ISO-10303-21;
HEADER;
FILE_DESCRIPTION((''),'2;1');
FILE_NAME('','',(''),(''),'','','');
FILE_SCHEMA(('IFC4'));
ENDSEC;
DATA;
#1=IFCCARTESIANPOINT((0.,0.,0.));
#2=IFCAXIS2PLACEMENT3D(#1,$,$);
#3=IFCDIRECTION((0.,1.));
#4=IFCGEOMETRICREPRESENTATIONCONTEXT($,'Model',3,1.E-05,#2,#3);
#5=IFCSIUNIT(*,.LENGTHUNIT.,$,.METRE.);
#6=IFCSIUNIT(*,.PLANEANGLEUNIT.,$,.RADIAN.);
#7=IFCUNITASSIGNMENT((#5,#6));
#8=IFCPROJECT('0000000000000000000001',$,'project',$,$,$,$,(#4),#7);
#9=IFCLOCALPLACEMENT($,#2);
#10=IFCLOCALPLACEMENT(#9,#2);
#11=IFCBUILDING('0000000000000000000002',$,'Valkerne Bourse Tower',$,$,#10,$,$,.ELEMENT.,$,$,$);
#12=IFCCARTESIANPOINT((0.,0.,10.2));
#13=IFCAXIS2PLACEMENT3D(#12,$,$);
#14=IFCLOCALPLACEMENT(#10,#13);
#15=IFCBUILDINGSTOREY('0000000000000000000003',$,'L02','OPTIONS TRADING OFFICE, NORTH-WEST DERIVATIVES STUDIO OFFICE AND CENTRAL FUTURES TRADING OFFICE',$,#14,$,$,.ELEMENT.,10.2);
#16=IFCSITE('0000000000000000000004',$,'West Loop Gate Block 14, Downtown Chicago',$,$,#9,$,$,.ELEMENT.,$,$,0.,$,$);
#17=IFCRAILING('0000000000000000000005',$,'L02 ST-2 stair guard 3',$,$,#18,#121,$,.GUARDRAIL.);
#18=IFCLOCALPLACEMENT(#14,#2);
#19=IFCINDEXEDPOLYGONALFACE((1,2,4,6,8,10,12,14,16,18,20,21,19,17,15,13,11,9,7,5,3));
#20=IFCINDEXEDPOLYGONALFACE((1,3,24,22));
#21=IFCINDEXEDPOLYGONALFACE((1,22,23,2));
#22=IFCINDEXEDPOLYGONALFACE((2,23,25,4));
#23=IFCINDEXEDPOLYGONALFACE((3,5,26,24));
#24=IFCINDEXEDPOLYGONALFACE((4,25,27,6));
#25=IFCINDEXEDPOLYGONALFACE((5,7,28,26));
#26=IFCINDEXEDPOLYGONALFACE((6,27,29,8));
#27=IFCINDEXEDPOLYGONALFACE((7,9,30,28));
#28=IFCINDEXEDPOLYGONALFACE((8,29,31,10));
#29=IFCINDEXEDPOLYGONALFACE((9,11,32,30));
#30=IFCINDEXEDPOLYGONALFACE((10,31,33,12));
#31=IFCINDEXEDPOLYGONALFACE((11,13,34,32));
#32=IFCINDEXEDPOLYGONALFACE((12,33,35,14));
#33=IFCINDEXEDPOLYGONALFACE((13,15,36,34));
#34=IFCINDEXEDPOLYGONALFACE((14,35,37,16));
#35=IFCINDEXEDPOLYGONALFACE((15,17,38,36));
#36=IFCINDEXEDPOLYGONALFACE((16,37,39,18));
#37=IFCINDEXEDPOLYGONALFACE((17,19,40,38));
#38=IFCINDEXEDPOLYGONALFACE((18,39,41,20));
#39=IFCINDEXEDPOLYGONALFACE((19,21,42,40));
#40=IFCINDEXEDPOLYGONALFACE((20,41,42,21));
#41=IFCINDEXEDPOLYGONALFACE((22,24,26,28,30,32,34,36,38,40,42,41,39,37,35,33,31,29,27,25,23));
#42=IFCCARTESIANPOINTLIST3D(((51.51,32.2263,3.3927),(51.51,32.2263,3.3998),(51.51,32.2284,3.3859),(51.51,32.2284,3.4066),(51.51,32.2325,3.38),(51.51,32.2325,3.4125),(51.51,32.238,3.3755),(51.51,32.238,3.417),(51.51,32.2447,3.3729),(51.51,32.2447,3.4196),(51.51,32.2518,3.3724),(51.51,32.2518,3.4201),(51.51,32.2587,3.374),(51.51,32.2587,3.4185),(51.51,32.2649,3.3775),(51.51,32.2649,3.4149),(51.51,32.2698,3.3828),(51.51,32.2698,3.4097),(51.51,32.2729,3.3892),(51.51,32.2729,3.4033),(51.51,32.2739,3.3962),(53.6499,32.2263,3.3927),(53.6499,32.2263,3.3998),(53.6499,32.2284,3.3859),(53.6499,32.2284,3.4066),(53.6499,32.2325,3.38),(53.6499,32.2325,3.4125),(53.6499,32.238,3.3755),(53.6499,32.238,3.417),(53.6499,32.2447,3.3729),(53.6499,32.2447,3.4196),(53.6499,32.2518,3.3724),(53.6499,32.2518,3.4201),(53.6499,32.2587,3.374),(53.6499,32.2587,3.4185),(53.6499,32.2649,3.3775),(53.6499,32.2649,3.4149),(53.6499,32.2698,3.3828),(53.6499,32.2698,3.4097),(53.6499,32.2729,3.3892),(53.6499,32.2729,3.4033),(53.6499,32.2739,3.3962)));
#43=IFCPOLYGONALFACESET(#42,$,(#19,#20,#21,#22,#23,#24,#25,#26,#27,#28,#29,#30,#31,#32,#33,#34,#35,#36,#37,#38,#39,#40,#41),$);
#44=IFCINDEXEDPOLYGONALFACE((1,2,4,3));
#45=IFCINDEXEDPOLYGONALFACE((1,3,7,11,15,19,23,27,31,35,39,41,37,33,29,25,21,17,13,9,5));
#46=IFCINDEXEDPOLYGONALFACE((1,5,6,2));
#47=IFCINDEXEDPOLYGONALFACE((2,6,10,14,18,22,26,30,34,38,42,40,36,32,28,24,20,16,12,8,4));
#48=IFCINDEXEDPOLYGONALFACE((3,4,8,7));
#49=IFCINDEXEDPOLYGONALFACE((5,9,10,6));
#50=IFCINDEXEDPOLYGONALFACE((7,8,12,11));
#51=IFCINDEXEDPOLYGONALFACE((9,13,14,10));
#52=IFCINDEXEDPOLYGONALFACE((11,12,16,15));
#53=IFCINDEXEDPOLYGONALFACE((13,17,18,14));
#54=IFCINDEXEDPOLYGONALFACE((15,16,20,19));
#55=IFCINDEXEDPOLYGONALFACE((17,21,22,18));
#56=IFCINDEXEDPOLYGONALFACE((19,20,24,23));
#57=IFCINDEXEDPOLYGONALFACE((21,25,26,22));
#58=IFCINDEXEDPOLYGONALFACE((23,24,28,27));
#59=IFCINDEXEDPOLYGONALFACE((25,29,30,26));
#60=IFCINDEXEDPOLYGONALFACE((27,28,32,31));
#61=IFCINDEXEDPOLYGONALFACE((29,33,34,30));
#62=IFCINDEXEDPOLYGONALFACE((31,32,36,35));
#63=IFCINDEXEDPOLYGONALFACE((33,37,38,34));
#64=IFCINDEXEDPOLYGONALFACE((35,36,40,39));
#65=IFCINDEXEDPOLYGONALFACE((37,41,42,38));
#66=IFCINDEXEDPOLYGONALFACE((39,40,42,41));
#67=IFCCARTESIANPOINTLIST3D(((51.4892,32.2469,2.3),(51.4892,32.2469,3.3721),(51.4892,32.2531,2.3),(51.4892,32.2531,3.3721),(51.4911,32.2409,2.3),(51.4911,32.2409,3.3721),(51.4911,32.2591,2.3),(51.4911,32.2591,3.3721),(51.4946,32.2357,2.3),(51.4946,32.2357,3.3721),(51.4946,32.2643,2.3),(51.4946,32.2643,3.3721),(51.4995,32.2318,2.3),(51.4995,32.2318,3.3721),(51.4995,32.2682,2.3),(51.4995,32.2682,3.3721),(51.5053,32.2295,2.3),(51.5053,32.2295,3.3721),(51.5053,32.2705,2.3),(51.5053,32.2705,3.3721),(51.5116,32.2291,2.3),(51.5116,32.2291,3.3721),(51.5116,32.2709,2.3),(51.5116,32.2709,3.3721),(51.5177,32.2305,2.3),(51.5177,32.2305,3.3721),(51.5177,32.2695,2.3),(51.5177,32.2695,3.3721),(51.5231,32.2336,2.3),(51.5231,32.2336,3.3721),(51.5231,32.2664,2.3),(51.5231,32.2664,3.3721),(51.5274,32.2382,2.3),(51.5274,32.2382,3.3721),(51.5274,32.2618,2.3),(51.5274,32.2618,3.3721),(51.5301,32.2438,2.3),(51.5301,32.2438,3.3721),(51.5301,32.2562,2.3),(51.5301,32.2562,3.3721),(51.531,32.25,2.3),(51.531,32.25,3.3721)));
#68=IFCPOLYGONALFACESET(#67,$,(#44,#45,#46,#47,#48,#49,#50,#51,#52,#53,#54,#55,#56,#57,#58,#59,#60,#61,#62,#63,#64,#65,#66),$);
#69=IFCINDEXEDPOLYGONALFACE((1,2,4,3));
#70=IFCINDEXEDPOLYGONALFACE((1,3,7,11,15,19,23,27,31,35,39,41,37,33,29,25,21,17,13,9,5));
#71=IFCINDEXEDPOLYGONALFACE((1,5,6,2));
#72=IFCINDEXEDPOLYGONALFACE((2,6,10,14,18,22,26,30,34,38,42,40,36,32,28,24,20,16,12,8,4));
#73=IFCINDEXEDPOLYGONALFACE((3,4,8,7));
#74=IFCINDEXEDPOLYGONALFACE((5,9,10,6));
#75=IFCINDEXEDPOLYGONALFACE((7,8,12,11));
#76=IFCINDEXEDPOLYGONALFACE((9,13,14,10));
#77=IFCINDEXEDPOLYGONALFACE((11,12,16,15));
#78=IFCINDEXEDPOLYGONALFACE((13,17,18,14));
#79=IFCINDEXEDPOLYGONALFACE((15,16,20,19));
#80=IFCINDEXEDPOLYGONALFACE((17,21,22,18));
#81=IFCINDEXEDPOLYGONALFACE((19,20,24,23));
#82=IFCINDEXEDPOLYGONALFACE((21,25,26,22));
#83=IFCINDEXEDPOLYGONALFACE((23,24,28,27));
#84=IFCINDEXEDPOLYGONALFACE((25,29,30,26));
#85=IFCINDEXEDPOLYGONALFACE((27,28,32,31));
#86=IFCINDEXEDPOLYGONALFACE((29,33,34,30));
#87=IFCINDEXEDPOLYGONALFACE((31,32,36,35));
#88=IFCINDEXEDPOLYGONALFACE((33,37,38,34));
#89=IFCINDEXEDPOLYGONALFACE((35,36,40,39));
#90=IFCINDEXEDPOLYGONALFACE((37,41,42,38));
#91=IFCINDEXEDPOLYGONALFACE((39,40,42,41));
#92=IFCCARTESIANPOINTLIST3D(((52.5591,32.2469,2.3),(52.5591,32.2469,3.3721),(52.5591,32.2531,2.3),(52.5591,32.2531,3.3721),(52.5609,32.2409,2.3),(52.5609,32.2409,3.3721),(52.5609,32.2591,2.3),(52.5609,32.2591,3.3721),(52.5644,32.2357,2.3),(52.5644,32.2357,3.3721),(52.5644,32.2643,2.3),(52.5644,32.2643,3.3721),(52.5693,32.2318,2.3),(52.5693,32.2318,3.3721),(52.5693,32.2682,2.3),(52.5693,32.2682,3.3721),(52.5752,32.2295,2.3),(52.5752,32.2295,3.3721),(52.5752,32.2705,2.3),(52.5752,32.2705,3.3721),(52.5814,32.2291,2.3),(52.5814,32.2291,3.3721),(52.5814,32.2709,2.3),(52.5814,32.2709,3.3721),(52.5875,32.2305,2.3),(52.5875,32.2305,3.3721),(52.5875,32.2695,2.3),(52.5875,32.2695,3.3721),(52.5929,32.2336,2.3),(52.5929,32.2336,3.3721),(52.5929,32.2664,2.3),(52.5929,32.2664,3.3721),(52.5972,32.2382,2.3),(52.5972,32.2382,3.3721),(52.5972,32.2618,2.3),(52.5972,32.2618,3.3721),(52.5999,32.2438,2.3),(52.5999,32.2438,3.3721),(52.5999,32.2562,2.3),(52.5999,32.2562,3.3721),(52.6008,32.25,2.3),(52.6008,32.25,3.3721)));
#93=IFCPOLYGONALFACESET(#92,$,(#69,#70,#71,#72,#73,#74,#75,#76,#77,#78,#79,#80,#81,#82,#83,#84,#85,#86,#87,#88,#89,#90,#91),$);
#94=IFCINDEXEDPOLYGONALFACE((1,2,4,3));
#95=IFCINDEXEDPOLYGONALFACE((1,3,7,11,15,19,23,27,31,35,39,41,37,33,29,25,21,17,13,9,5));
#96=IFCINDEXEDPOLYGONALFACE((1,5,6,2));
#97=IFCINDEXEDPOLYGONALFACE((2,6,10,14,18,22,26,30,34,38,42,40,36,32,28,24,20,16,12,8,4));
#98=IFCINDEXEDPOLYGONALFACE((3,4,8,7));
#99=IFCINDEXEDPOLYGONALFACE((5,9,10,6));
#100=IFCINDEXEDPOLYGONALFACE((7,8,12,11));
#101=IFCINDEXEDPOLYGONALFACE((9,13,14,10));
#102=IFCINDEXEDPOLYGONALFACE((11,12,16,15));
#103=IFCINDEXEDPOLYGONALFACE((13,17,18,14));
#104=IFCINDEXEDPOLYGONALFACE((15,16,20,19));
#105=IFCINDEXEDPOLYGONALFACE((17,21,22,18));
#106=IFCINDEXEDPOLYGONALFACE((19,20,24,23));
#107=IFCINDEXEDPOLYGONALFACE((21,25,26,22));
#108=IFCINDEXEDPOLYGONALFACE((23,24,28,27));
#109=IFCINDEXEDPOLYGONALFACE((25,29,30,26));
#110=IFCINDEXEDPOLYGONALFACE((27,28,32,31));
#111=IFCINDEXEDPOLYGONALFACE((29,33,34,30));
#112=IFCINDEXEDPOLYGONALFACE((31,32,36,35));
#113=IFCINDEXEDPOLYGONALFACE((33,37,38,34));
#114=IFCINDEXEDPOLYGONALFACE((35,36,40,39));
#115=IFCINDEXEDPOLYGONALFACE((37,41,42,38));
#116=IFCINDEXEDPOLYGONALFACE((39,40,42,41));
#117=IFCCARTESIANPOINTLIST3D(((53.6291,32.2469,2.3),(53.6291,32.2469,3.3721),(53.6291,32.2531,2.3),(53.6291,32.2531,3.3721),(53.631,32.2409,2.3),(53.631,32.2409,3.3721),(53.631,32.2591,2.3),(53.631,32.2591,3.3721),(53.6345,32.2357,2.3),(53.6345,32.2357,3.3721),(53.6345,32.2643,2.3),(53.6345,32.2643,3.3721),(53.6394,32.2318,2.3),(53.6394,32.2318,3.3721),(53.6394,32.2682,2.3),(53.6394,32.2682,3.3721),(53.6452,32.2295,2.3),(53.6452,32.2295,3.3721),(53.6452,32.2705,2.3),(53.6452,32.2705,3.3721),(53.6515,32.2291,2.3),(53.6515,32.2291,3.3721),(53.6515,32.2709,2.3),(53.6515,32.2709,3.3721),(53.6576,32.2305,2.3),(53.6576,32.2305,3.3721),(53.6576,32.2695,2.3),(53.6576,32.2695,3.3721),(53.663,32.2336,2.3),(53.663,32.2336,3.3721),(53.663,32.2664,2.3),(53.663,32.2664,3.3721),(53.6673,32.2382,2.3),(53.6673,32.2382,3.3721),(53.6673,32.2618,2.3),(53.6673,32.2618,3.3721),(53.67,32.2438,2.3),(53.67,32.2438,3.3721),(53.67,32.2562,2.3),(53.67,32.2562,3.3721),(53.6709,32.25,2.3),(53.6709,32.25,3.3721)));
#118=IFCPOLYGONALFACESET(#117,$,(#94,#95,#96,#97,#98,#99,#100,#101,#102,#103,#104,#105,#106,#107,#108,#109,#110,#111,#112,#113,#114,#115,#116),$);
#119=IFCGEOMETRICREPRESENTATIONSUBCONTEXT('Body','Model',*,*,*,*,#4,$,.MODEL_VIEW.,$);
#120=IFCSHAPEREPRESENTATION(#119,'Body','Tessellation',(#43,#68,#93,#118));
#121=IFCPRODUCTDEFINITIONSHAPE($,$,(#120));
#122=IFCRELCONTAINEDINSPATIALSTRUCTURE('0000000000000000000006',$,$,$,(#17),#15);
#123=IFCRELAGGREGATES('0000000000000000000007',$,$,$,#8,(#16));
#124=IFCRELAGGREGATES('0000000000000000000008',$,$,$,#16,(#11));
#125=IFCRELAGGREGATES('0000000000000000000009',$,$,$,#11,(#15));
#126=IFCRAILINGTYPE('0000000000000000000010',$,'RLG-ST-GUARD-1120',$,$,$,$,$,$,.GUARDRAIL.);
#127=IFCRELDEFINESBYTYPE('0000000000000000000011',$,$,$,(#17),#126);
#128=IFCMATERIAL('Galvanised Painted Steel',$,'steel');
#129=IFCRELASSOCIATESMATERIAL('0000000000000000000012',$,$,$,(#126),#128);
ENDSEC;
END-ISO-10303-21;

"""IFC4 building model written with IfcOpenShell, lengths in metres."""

from ifc_helpers import new_model, si_unit, direction, frame, origin, origin_2d, place, context, subcontext, project, spatial, circle, extrude, material, type_object, element, save


model = new_model("IFC4")

# Units and contexts
model_context = context("Model", 3, precision=1e-05, world=origin(), true_north=direction((0.0, 1.0)))
body_context = subcontext(model_context, "Body", "Model", "MODEL_VIEW")
ifc_project = project(units=[si_unit("LENGTHUNIT", "METRE"), si_unit("PLANEANGLEUNIT", "RADIAN")], contexts=[model_context])

# Site, building, storey
site_placement = place(None, origin())
site = spatial("IfcSite", under=ifc_project, at=site_placement, Name="West Loop Gate Block 14, Downtown Chicago", CompositionType="ELEMENT", RefElevation=0.0)
building_placement = place(site_placement, origin())
building = spatial("IfcBuilding", under=site, at=building_placement, Name="Valkerne Bourse Tower", CompositionType="ELEMENT")
storey_placement = place(building_placement, frame((0.0, 0.0, 10.2)))
storey = spatial("IfcBuildingStorey", under=building, at=storey_placement, Name="L02", Description="OPTIONS TRADING OFFICE, NORTH-WEST DERIVATIVES STUDIO OFFICE AND CENTRAL FUTURES TRADING OFFICE", CompositionType="ELEMENT", Elevation=10.2)

# Shared definitions
ifc_material_1 = material(Name="Galvanised Painted Steel", Category="steel")

# Railing
railing_type_1 = type_object("IfcRailingType", Name="RLG-ST-GUARD-1120", PredefinedType="GUARDRAIL", material=ifc_material_1)
railing_1_placement = place(storey_placement, frame((51.51, 32.25, 2.3)))
element("IfcRailing", 1, at=railing_1_placement, inside=storey, type_object=railing_type_1, Name="L02 ST-2 stair guard 3", PredefinedType="GUARDRAIL", context=body_context, shape_type="SweptSolid", body=[
    extrude(circle(Radius=0.0239, at=origin_2d()), frame((0.0, 0.0, 1.0962), z_axis=(1.0, 0.0, 0.0), x_axis=(0.0, 1.0, 0.0)), (0.0, 0.0, 1.0), 2.1399),
    extrude(circle(Radius=0.021, at=origin_2d()), origin(), (0.0, 0.0, 1.0), 1.072),
    extrude(circle(Radius=0.021, at=origin_2d()), frame((1.0698, 0.0, 0.0)), (0.0, 0.0, 1.0), 1.072),
    extrude(circle(Radius=0.021, at=origin_2d()), frame((2.1399, 0.0, 0.0)), (0.0, 0.0, 1.0), 1.072),
])

save(model, "model.ifc")
